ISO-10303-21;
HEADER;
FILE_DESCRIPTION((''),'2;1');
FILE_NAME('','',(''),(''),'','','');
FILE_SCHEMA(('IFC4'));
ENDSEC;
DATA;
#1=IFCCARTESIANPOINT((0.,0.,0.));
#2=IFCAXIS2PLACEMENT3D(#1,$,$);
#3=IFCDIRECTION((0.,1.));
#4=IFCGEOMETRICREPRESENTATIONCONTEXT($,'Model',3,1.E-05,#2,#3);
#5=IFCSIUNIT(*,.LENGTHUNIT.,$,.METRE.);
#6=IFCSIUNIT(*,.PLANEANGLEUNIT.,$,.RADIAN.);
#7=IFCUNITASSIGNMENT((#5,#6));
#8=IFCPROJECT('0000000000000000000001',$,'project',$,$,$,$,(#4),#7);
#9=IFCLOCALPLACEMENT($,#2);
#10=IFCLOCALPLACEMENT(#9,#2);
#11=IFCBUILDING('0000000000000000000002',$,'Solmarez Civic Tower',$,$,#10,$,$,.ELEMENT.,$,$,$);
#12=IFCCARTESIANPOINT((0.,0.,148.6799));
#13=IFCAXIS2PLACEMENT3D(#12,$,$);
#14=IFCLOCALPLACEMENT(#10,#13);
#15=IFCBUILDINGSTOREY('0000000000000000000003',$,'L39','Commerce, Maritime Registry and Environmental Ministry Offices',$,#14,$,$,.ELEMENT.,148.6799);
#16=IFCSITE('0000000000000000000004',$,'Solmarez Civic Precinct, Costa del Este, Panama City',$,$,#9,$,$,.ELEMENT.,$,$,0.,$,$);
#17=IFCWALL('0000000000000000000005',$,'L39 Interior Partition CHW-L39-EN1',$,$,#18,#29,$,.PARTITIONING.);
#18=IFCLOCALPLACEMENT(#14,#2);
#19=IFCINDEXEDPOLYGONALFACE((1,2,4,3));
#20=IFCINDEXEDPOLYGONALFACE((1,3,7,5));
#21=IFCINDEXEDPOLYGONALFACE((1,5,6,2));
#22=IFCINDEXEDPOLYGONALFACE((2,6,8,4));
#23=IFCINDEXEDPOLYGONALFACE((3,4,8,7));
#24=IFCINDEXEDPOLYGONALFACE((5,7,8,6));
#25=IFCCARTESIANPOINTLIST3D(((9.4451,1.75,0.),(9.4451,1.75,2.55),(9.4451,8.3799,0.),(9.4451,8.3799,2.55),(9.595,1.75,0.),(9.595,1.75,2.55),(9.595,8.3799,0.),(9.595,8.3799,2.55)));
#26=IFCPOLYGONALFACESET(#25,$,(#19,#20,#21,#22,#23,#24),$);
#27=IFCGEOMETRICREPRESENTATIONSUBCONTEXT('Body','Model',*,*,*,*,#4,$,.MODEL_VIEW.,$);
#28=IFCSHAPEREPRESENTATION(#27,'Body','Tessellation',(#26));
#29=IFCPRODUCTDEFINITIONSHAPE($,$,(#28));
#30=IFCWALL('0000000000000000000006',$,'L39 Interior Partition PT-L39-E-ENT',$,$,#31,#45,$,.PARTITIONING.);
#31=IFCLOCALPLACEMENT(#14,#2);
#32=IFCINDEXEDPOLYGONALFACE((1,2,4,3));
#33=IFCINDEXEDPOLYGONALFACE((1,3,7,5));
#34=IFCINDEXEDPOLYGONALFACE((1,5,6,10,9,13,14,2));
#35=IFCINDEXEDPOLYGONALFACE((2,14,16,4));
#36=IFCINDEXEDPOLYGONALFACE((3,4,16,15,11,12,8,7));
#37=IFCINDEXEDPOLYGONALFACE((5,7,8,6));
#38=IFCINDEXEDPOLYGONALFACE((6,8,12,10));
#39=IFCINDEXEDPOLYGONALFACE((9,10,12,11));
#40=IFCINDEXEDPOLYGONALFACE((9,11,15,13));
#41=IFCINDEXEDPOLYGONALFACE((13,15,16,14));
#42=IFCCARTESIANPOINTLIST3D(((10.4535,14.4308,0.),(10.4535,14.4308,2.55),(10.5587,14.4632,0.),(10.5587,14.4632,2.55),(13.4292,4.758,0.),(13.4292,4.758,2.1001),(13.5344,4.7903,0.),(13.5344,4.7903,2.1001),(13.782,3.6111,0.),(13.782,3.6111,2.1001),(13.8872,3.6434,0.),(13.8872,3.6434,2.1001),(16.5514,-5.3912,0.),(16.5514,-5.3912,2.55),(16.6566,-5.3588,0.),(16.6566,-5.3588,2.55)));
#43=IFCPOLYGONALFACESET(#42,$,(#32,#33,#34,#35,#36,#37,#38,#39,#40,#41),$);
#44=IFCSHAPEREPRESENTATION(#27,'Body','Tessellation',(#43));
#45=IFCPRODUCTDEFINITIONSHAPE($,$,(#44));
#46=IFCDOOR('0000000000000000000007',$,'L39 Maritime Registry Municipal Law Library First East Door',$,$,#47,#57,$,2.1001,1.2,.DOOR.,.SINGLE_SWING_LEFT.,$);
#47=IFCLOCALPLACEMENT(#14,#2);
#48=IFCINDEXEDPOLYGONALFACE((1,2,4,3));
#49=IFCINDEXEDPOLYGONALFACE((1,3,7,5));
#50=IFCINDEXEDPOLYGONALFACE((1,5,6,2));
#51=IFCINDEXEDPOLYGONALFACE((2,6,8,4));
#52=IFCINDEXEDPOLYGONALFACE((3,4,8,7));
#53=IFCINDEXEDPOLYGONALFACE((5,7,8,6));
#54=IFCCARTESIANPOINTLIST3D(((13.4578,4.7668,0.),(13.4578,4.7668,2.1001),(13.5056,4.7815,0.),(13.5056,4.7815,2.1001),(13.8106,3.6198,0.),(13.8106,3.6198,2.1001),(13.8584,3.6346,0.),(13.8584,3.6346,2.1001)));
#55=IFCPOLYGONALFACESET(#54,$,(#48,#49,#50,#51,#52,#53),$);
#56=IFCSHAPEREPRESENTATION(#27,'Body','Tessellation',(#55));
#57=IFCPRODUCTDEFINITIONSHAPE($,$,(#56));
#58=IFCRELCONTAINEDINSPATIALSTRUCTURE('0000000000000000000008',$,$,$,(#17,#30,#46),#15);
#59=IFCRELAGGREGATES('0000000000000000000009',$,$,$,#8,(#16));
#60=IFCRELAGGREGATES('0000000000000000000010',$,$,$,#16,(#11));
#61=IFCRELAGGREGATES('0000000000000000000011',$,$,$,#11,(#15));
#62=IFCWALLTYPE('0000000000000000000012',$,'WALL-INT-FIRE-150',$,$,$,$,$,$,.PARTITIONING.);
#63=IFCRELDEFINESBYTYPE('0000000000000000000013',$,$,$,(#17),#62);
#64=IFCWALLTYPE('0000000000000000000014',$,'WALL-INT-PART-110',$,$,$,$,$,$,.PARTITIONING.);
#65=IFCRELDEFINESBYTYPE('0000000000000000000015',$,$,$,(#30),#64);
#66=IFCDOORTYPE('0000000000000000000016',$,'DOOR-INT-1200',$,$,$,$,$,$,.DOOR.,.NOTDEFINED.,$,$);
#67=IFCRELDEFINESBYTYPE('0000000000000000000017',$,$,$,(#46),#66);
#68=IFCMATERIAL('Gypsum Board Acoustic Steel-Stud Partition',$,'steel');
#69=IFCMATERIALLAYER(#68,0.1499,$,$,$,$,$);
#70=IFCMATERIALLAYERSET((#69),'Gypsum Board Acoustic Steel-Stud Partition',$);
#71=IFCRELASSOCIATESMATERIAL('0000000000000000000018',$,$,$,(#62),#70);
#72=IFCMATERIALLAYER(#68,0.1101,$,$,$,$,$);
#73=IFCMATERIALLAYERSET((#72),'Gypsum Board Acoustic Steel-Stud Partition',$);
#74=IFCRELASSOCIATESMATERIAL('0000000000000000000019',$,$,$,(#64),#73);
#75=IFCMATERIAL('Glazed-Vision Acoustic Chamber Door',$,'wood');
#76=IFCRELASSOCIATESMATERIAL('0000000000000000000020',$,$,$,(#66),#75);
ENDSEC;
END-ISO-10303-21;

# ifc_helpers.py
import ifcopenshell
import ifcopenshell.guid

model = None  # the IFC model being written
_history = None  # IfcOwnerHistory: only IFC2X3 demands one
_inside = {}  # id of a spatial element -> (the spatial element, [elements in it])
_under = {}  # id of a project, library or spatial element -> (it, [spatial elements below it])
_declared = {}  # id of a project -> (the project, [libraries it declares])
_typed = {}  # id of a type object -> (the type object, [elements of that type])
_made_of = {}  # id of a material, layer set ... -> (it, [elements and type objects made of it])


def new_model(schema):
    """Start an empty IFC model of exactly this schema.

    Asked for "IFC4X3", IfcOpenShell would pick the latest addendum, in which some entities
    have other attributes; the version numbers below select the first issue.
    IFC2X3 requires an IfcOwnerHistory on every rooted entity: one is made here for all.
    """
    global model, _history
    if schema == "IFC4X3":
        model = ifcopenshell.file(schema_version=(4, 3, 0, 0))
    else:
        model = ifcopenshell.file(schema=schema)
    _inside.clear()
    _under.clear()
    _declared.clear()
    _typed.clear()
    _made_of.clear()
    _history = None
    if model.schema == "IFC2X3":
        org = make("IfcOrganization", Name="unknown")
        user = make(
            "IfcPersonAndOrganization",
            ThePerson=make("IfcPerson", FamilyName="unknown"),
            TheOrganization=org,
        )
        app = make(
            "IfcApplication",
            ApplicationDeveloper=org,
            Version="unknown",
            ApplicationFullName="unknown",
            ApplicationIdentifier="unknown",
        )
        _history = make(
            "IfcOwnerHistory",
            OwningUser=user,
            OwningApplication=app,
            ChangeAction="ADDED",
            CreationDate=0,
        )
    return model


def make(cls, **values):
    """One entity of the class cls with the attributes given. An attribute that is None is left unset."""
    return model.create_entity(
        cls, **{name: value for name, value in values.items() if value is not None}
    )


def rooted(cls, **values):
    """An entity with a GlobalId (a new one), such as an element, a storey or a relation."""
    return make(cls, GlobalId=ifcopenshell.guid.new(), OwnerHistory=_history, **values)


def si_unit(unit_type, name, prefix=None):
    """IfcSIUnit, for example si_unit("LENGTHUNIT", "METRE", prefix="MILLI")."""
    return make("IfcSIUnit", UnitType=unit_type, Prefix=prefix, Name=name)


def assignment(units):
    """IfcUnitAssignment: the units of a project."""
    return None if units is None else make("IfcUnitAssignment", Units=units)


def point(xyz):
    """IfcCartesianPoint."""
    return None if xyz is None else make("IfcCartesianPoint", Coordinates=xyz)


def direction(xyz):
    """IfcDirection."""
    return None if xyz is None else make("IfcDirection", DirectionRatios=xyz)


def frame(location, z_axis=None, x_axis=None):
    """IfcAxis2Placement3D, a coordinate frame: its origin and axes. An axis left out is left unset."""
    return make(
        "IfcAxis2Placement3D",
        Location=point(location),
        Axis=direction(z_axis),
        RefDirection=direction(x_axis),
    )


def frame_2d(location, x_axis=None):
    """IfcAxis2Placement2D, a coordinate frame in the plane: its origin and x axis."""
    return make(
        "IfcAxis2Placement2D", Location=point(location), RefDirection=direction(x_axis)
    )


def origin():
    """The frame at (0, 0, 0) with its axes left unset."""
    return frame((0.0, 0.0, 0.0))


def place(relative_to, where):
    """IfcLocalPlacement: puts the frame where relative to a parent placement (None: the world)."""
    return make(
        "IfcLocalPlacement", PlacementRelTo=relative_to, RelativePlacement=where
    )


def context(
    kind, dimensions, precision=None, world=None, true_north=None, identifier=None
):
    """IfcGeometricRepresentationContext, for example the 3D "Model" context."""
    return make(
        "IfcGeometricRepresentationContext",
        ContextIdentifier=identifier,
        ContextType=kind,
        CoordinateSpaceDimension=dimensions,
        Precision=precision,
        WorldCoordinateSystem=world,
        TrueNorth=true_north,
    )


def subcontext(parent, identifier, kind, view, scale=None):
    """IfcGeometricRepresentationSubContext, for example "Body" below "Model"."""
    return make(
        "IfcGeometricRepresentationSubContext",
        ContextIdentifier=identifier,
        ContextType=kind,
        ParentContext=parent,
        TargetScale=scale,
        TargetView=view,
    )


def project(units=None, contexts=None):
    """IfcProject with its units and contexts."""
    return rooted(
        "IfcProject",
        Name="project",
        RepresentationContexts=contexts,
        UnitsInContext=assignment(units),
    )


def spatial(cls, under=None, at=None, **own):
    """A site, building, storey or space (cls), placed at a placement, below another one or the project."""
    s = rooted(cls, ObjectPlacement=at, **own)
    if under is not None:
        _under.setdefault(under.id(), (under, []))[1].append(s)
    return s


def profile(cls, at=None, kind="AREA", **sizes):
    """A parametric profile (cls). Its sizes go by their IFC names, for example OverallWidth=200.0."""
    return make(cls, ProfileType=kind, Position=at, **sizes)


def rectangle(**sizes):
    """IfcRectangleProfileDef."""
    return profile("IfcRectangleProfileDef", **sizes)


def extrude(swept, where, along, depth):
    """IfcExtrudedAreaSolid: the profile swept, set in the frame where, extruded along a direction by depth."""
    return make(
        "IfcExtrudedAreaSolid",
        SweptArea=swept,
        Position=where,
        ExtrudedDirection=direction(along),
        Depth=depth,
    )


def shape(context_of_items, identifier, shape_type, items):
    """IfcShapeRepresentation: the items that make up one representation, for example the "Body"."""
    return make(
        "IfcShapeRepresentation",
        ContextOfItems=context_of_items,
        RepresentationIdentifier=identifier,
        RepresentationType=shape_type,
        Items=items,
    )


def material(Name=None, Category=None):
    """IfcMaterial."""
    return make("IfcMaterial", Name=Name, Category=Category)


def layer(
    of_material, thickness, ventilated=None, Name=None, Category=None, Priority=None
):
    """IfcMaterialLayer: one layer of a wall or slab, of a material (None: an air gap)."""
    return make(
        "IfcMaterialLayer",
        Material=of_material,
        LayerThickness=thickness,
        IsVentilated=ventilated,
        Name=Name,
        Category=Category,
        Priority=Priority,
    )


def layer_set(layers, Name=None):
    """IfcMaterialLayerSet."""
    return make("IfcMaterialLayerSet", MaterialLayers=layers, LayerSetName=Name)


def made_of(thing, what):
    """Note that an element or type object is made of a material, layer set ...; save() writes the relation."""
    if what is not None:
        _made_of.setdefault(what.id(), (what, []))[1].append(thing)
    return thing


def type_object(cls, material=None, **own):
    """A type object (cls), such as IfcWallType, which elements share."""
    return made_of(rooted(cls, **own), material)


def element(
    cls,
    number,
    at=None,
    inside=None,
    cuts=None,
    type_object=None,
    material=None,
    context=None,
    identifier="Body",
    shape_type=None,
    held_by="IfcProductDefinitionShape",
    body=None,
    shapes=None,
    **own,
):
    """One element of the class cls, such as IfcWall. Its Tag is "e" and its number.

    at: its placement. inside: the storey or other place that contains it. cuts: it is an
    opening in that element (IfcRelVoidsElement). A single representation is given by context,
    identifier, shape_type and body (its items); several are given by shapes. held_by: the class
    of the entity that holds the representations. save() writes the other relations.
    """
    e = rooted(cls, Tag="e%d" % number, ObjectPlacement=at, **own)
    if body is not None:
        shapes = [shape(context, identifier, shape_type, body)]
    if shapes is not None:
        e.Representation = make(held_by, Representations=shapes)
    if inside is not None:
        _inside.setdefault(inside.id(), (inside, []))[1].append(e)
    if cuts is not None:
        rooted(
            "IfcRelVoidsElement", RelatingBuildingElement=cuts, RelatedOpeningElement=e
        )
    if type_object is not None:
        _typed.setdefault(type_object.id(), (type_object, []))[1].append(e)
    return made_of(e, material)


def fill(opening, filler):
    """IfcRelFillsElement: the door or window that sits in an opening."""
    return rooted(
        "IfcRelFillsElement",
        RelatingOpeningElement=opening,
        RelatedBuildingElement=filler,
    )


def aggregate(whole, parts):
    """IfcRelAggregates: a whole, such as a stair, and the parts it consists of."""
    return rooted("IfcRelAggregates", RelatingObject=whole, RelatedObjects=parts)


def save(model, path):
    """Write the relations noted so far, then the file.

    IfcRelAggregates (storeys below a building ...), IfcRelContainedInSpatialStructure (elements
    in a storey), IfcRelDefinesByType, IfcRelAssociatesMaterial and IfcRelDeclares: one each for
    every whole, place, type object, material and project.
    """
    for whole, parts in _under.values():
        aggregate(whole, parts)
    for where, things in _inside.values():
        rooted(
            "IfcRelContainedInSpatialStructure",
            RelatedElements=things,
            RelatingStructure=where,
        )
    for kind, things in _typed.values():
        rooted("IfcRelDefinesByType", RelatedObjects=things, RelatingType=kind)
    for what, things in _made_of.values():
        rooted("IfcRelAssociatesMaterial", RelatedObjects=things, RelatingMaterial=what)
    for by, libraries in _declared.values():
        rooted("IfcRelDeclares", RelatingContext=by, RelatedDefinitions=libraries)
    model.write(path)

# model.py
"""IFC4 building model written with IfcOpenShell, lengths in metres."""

from ifc_helpers import new_model, si_unit, direction, frame, frame_2d, origin, place, context, subcontext, project, spatial, rectangle, extrude, material, layer, layer_set, type_object, element, fill, save


model = new_model("IFC4")

# Units and contexts
model_context = context("Model", 3, precision=1e-05, world=origin(), true_north=direction((0.0, 1.0)))
body_context = subcontext(model_context, "Body", "Model", "MODEL_VIEW")
ifc_project = project(units=[si_unit("LENGTHUNIT", "METRE"), si_unit("PLANEANGLEUNIT", "RADIAN")], contexts=[model_context])

# Site, building, storey
site_placement = place(None, origin())
site = spatial("IfcSite", under=ifc_project, at=site_placement, Name="Solmarez Civic Precinct, Costa del Este, Panama City", CompositionType="ELEMENT", RefElevation=0.0)
building_placement = place(site_placement, origin())
building = spatial("IfcBuilding", under=site, at=building_placement, Name="Solmarez Civic Tower", CompositionType="ELEMENT")
storey_placement = place(building_placement, frame((0.0, 0.0, 148.6799)))
storey = spatial("IfcBuildingStorey", under=building, at=storey_placement, Name="L39", Description="Commerce, Maritime Registry and Environmental Ministry Offices", CompositionType="ELEMENT", Elevation=148.6799)

# Wall
ifc_material_1 = material(Name="Gypsum Board Acoustic Steel-Stud Partition", Category="steel")
ifc_layer_1 = layer(ifc_material_1, 0.1499)
ifc_layer_set_1 = layer_set([ifc_layer_1], Name="Gypsum Board Acoustic Steel-Stud Partition")
wall_type_1 = type_object("IfcWallType", Name="WALL-INT-FIRE-150", PredefinedType="PARTITIONING", material=ifc_layer_set_1)
wall_1_placement = place(storey_placement, frame((9.52, 1.75, 0.0), z_axis=(0.0, 0.0, 1.0), x_axis=(0.0, 1.0, 0.0)))
element("IfcWall", 1, at=wall_1_placement, inside=storey, type_object=wall_type_1, Name="L39 Interior Partition CHW-L39-EN1", PredefinedType="PARTITIONING", context=body_context, shape_type="SweptSolid", body=[
    extrude(rectangle(XDim=6.6299, YDim=0.1499, at=frame_2d((3.3149, 0.0))), origin(), (0.0, 0.0, 1.0), 2.55),
])

# Wall, opening, door
ifc_layer_2 = layer(ifc_material_1, 0.1101)
ifc_layer_set_2 = layer_set([ifc_layer_2], Name="Gypsum Board Acoustic Steel-Stud Partition")
wall_type_2 = type_object("IfcWallType", Name="WALL-INT-PART-110", PredefinedType="PARTITIONING", material=ifc_layer_set_2)
wall_2_placement = place(storey_placement, frame((10.5061, 14.447, 0.0), z_axis=(0.0, 0.0, 1.0), x_axis=(0.294034, -0.955795, 0.0)))
wall_2 = element("IfcWall", 2, at=wall_2_placement, inside=storey, type_object=wall_type_2, Name="L39 Interior Partition PT-L39-E-ENT", PredefinedType="PARTITIONING", context=body_context, shape_type="SweptSolid", body=[
    extrude(rectangle(XDim=20.7388, YDim=0.1101, at=frame_2d((10.3694, 0.0))), origin(), (0.0, 0.0, 1.0), 2.55),
])
opening_1_placement = place(wall_2_placement, frame((10.1201, 0.0, 0.0)))
opening_1 = element("IfcOpeningElement", 3, at=opening_1_placement, cuts=wall_2, PredefinedType="OPENING", context=body_context, shape_type="SweptSolid", body=[
    extrude(rectangle(XDim=1.2, YDim=2.1001, at=frame_2d((0.6001, 1.05))), frame((0.0, 0.0649, 0.0), z_axis=(0.0, -1.0, 0.0), x_axis=(1.0, 0.0, 0.0)), (0.0, 0.0, 1.0), 0.1301),
])
ifc_material_2 = material(Name="Glazed-Vision Acoustic Chamber Door", Category="wood")
door_type_1 = type_object("IfcDoorType", Name="DOOR-INT-1200", OperationType="NOTDEFINED", PredefinedType="DOOR", material=ifc_material_2)
door_1_placement = place(opening_1_placement, origin())
door_1 = element("IfcDoor", 4, at=door_1_placement, inside=storey, type_object=door_type_1, Name="L39 Maritime Registry Municipal Law Library First East Door", OperationType="SINGLE_SWING_LEFT", OverallHeight=2.1001, OverallWidth=1.2, PredefinedType="DOOR", context=body_context, shape_type="SweptSolid", body=[
    extrude(rectangle(XDim=1.2, YDim=2.1001, at=frame_2d((0.6001, 1.05))), frame((0.0, 0.0249, 0.0), z_axis=(0.0, -1.0, 0.0), x_axis=(1.0, 0.0, 0.0)), (0.0, 0.0, 1.0), 0.05),
])
fill(opening_1, door_1)

save(model, "model.ifc")
